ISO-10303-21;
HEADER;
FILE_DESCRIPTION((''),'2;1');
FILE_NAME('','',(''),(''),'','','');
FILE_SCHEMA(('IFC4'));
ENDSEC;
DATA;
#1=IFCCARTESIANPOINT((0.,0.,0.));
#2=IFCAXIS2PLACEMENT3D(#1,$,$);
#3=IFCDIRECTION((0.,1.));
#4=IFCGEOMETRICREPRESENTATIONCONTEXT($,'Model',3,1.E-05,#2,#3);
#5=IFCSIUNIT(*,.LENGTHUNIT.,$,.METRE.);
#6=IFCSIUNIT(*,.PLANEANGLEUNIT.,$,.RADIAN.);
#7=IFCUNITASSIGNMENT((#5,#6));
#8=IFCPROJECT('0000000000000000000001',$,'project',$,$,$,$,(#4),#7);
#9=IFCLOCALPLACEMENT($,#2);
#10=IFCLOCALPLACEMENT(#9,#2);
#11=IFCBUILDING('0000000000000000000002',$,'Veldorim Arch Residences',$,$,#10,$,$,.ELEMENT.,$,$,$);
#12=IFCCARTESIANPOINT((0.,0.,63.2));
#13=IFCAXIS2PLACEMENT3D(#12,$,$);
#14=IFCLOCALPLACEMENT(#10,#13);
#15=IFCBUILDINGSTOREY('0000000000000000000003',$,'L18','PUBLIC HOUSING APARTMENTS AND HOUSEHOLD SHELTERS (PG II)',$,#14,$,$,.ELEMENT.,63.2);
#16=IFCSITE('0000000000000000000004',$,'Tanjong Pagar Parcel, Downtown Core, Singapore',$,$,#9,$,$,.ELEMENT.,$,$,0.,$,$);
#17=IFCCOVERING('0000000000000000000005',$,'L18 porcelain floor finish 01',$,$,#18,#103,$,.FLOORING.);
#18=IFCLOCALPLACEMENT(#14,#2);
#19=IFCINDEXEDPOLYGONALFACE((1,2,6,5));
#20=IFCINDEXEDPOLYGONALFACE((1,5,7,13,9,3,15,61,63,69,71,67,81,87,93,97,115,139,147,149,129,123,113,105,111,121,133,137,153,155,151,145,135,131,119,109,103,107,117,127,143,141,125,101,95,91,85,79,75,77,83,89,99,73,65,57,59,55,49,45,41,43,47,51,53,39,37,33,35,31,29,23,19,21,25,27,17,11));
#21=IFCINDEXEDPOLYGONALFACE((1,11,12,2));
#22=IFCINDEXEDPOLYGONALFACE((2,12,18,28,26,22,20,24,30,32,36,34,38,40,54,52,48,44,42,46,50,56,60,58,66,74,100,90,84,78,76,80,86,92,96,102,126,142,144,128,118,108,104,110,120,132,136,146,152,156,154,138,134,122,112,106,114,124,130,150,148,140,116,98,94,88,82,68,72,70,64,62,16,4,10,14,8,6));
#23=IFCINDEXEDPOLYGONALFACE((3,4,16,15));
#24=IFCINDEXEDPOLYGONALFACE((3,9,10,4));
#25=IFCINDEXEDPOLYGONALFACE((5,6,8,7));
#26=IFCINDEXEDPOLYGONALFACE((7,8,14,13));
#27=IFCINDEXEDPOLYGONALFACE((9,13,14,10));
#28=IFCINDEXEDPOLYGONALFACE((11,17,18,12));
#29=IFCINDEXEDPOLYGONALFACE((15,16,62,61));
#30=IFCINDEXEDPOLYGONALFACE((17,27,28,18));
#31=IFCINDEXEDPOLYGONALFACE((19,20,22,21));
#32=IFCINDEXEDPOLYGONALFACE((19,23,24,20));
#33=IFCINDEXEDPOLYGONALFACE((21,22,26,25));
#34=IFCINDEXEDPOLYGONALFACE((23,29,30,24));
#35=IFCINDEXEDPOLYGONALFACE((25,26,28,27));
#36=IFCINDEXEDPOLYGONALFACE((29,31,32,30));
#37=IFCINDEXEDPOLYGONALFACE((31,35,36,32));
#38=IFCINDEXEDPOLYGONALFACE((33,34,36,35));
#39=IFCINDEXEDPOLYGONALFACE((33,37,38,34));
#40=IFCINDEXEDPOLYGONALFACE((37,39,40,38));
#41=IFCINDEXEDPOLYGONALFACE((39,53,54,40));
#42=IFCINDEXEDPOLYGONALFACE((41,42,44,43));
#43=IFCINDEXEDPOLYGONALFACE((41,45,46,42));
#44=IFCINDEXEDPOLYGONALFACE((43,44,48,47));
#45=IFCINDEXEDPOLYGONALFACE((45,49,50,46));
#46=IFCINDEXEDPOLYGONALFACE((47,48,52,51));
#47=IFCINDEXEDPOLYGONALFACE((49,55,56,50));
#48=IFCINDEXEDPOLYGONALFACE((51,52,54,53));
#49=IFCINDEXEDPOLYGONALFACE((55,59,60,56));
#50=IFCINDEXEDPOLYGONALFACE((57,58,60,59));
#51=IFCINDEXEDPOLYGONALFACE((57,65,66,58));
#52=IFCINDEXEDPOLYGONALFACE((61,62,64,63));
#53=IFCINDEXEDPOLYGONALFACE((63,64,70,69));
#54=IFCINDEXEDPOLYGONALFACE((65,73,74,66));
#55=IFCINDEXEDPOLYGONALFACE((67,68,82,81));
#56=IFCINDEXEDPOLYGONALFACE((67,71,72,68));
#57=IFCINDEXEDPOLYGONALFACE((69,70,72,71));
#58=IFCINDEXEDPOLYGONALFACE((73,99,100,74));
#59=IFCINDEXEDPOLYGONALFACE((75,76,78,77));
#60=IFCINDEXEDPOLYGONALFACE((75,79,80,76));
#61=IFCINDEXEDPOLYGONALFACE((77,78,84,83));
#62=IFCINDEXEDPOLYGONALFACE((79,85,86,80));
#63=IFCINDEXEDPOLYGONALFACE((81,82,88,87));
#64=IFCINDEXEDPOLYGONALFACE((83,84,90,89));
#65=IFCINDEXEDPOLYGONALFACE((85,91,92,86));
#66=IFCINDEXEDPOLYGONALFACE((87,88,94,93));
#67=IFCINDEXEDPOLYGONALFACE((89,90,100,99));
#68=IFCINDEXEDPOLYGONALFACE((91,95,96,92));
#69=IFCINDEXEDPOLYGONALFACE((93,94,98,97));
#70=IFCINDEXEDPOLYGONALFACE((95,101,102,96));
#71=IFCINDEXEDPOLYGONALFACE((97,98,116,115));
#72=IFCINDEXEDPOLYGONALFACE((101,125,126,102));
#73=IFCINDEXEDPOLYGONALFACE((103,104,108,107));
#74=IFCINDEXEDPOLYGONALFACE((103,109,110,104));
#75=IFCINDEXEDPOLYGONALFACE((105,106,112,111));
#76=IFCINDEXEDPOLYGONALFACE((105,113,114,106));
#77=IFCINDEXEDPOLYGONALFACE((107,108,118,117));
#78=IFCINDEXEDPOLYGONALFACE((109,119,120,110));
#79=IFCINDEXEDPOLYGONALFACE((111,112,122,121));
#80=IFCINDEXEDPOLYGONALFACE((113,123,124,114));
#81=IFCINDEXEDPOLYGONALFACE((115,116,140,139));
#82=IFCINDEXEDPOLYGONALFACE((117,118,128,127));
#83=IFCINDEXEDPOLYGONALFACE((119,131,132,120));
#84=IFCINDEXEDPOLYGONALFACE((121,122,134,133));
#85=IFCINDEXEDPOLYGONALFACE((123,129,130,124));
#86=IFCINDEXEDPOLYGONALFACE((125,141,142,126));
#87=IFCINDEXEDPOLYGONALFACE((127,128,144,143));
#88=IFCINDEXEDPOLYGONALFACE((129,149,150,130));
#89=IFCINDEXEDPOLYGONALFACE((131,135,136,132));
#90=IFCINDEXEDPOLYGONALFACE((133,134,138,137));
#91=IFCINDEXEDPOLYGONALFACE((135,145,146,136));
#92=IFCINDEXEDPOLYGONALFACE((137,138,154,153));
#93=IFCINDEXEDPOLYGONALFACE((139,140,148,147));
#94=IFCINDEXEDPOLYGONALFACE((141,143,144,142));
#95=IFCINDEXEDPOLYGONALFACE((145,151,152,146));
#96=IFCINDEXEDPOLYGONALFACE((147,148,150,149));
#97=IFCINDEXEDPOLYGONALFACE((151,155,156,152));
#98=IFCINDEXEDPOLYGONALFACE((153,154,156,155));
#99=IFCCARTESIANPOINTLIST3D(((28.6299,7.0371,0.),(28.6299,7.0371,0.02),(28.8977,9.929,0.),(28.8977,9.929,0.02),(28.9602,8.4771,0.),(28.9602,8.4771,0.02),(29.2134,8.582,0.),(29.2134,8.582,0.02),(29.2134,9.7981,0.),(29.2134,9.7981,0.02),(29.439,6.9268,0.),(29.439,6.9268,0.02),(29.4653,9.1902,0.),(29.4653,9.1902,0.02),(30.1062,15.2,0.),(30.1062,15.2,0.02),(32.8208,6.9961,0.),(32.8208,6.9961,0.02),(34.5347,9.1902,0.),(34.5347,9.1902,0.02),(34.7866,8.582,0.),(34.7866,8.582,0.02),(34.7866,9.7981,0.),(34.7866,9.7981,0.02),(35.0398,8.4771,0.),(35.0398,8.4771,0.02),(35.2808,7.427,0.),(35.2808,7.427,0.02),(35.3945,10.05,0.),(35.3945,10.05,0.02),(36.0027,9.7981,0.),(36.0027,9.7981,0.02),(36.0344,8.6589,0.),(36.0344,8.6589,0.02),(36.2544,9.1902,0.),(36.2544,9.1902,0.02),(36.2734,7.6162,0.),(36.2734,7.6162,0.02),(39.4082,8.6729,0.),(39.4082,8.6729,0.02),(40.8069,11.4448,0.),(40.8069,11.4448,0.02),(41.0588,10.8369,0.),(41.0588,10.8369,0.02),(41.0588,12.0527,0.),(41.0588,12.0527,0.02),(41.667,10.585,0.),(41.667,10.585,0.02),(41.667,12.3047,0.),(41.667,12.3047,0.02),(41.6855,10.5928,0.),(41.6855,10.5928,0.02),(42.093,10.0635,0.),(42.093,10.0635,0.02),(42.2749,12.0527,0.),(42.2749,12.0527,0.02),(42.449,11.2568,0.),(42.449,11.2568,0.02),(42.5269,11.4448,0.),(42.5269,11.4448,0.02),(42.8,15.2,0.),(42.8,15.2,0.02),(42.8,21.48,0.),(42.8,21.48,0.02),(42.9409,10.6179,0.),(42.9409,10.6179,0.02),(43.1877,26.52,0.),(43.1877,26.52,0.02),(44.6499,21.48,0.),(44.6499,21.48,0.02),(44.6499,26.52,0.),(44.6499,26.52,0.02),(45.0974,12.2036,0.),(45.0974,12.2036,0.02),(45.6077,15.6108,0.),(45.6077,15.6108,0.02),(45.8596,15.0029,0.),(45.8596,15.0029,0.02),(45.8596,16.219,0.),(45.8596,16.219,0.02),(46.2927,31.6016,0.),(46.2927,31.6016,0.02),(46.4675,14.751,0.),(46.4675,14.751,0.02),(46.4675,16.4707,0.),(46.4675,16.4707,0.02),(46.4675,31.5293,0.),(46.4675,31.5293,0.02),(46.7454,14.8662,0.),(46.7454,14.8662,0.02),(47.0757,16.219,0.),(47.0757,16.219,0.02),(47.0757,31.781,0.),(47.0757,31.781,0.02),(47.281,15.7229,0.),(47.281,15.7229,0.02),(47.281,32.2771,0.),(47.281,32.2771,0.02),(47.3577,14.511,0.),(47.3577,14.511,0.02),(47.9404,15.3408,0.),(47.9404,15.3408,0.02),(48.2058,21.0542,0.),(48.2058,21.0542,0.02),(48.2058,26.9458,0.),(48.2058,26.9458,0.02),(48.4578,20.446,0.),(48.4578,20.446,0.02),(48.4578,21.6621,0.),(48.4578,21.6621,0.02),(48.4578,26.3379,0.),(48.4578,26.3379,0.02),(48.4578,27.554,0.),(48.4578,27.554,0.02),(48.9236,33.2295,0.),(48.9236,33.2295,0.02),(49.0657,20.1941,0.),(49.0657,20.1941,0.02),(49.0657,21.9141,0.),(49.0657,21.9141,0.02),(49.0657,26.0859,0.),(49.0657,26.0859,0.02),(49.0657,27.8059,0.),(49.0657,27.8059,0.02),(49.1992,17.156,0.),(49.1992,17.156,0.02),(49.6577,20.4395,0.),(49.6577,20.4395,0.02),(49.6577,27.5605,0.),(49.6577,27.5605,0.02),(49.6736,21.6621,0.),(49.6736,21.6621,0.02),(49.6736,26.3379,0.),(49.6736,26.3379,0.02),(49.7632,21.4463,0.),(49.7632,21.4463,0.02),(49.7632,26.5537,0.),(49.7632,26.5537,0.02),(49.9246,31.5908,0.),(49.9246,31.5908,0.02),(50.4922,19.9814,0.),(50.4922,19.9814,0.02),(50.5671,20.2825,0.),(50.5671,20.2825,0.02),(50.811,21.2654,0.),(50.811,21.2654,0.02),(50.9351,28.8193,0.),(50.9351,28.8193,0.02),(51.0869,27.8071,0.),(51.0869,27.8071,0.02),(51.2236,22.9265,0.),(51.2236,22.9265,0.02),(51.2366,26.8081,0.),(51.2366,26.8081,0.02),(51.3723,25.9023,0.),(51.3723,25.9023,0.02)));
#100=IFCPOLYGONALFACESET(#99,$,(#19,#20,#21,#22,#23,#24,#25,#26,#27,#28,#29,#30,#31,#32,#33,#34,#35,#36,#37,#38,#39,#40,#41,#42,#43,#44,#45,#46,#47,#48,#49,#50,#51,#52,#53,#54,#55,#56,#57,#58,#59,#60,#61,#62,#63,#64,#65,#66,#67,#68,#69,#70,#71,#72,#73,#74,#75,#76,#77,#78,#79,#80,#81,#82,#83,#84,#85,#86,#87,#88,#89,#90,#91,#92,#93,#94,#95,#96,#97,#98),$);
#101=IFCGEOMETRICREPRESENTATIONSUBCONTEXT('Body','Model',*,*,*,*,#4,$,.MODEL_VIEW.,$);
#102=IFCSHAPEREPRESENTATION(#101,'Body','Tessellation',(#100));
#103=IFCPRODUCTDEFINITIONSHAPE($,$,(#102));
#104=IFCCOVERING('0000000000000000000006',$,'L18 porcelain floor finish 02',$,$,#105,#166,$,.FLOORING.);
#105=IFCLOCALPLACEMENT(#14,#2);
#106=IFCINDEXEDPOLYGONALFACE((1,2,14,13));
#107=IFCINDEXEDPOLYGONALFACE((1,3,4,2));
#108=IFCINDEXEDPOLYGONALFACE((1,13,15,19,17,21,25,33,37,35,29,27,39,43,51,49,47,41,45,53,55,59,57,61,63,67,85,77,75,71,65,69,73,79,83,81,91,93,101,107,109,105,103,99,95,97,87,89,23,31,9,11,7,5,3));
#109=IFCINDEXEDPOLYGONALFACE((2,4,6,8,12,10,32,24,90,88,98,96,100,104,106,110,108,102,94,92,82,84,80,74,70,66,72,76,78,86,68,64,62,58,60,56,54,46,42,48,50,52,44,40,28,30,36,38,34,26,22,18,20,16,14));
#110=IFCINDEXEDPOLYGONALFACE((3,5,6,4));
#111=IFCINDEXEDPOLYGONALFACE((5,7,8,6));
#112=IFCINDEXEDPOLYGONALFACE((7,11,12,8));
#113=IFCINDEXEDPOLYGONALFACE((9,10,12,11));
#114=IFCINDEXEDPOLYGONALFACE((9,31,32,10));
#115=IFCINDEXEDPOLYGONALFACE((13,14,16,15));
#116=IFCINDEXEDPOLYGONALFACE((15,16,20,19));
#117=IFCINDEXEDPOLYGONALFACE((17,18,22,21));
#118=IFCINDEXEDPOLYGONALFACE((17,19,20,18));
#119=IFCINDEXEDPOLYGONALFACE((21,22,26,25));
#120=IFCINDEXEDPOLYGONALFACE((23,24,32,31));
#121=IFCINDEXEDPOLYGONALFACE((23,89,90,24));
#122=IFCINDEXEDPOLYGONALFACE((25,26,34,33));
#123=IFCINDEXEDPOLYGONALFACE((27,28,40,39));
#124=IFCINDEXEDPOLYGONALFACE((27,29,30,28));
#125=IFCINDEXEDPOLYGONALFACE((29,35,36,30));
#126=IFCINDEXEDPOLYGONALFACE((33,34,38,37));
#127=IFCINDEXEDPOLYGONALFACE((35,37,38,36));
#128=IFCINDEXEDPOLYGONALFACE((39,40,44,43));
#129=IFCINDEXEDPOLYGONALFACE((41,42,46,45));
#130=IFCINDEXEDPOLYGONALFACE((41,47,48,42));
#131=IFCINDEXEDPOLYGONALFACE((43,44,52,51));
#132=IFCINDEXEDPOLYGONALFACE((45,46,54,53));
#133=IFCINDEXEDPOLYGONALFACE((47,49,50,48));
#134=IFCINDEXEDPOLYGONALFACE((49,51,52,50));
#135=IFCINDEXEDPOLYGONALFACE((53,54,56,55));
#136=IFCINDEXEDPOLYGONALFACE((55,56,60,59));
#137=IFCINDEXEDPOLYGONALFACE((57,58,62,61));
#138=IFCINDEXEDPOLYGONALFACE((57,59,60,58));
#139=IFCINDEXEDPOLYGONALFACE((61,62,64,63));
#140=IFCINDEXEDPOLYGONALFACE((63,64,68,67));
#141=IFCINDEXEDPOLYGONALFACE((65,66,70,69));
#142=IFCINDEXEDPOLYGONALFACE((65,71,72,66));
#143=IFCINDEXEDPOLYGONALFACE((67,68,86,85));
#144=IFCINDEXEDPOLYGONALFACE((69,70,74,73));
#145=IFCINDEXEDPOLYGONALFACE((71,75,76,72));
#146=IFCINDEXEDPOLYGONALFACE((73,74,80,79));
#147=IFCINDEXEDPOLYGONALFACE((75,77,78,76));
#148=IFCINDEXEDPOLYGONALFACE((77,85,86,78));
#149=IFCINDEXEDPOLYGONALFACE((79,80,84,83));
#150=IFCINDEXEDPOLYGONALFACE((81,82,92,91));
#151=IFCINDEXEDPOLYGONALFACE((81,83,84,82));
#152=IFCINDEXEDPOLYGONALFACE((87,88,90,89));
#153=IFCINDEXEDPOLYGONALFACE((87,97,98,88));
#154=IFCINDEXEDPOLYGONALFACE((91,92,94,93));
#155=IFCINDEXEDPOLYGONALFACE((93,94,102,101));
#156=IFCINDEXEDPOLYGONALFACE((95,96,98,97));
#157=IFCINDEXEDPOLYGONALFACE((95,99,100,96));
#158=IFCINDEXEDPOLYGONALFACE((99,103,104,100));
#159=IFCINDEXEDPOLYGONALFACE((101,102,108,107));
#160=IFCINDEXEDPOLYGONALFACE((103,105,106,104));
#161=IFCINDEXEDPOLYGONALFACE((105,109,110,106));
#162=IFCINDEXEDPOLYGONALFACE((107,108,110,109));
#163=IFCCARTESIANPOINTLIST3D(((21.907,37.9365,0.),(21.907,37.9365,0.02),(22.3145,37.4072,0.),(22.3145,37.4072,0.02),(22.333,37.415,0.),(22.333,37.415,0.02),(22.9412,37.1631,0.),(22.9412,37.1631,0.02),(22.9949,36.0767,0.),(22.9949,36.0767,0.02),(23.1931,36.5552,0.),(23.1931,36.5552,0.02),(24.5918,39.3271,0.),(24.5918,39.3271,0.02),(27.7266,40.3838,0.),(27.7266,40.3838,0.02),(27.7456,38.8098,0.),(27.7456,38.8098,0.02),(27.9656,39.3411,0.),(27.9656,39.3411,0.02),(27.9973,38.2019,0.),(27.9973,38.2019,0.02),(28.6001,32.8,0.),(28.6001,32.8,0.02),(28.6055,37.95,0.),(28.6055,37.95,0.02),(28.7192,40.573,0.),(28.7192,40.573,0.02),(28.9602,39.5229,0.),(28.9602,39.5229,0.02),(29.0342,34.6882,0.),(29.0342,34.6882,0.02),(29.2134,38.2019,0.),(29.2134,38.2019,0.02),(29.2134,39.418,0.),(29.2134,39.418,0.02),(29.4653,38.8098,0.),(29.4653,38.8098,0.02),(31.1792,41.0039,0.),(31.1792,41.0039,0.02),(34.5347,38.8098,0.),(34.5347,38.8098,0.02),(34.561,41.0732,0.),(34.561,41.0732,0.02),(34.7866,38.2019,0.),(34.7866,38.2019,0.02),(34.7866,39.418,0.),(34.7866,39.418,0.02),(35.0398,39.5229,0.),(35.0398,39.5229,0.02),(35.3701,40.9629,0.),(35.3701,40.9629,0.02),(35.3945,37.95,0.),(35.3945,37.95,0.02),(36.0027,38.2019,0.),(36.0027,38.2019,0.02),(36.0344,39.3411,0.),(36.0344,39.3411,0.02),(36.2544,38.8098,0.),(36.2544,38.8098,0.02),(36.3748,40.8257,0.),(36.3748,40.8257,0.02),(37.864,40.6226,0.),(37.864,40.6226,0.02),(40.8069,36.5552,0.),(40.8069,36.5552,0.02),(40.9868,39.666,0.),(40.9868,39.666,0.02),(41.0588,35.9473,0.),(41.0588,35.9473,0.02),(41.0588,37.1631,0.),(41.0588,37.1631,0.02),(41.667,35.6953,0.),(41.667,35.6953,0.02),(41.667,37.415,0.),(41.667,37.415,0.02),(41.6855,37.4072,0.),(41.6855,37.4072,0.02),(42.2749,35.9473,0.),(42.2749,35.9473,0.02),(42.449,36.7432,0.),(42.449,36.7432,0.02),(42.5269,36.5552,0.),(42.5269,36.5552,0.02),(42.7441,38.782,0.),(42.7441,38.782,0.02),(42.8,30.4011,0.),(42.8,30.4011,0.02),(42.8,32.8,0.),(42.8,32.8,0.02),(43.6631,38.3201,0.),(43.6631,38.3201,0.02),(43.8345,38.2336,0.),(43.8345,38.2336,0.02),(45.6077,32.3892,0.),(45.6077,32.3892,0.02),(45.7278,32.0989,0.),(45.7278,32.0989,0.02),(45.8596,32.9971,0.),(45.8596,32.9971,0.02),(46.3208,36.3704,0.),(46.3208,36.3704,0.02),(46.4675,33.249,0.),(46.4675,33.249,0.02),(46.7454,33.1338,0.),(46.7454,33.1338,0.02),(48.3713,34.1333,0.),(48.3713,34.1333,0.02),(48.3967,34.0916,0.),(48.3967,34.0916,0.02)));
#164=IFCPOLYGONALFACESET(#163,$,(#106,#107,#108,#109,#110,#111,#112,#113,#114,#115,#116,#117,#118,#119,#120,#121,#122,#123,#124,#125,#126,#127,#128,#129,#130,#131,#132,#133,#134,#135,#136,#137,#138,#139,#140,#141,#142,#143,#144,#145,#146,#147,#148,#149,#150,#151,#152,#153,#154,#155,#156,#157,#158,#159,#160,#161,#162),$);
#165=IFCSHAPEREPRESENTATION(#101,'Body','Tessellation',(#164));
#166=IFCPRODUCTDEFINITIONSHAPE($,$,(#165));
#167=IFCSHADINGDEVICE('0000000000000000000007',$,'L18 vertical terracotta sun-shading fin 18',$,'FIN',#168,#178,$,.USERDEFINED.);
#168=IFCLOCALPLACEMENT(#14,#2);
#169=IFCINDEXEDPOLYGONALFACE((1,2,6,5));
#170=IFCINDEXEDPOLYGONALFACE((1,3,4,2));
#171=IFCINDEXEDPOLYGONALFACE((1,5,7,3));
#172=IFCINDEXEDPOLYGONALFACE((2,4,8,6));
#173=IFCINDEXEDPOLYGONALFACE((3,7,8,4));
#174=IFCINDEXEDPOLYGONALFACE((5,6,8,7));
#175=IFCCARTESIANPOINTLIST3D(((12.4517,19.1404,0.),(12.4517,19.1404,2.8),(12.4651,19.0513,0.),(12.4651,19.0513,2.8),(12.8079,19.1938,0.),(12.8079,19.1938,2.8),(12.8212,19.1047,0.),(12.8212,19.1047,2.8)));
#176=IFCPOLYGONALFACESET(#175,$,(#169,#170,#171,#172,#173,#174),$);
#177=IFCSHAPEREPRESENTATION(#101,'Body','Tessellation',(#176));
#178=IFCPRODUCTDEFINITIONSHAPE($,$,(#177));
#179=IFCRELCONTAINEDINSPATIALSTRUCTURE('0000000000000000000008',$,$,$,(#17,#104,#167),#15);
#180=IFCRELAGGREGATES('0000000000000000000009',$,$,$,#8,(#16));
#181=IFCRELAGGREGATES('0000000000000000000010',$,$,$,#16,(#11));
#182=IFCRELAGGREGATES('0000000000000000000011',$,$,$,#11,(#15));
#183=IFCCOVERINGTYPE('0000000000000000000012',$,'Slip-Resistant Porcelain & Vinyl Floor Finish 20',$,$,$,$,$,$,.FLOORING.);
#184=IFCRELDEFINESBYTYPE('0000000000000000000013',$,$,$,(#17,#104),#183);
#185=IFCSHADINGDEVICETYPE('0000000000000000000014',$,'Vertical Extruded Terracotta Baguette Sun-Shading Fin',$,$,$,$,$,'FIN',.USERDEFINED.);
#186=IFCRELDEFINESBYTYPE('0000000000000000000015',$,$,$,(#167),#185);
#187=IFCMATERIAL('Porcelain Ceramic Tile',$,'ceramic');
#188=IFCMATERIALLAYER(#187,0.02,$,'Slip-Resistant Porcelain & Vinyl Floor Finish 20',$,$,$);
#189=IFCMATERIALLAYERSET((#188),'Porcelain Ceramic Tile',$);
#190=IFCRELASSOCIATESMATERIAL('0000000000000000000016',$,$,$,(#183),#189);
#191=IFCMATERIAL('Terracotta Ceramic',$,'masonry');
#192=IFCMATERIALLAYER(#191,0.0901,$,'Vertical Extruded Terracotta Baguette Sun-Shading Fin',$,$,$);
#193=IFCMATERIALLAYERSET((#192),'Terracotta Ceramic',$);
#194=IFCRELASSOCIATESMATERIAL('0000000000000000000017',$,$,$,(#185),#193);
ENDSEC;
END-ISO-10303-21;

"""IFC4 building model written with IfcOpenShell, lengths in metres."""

from ifc_helpers import new_model, si_unit, direction, frame, origin, origin_2d, place, context, subcontext, project, spatial, polyline, rectangle, outline, extrude, material, layer, layer_set, type_object, element, save


model = new_model("IFC4")

# Units and contexts
model_context = context("Model", 3, precision=1e-05, world=origin(), true_north=direction((0.0, 1.0)))
body_context = subcontext(model_context, "Body", "Model", "MODEL_VIEW")
ifc_project = project(units=[si_unit("LENGTHUNIT", "METRE"), si_unit("PLANEANGLEUNIT", "RADIAN")], contexts=[model_context])

# Site, building, storey
site_placement = place(None, origin())
site = spatial("IfcSite", under=ifc_project, at=site_placement, Name="Tanjong Pagar Parcel, Downtown Core, Singapore", CompositionType="ELEMENT", RefElevation=0.0)
building_placement = place(site_placement, origin())
building = spatial("IfcBuilding", under=site, at=building_placement, Name="Veldorim Arch Residences", CompositionType="ELEMENT")
storey_placement = place(building_placement, frame((0.0, 0.0, 63.2)))
storey = spatial("IfcBuildingStorey", under=building, at=storey_placement, Name="L18", Description="PUBLIC HOUSING APARTMENTS AND HOUSEHOLD SHELTERS (PG II)", CompositionType="ELEMENT", Elevation=63.2)

# Coverings
ifc_material_1 = material(Name="Porcelain Ceramic Tile", Category="ceramic")
ifc_layer_1 = layer(ifc_material_1, 0.02, Name="Slip-Resistant Porcelain & Vinyl Floor Finish 20")
ifc_layer_set_1 = layer_set([ifc_layer_1], Name="Porcelain Ceramic Tile")
covering_type_1 = type_object("IfcCoveringType", Name="Slip-Resistant Porcelain & Vinyl Floor Finish 20", PredefinedType="FLOORING", material=ifc_layer_set_1)
covering_1_placement = place(storey_placement, origin())
element("IfcCovering", 1, at=covering_1_placement, inside=storey, type_object=covering_type_1, Name="L18 porcelain floor finish 01", PredefinedType="FLOORING", context=body_context, shape_type="SweptSolid", body=[
    extrude(outline(polyline([(36.2544, 9.1902), (36.0027, 9.7981), (35.3945, 10.05), (34.7866, 9.7981), (34.5347, 9.1902), (34.7866, 8.582), (35.0398, 8.4771), (35.2808, 7.427), (32.8208, 6.9961), (29.439, 6.9268), (28.6299, 7.0371), (28.9602, 8.4771), (29.2134, 8.582), (29.4653, 9.1902), (29.2134, 9.7981), (28.8977, 9.929), (30.1062, 15.2), (42.8, 15.2), (42.8, 21.48), (44.6499, 21.48), (44.6499, 26.52), (43.1877, 26.52), (46.2927, 31.6016), (46.4675, 31.5293), (47.0757, 31.781), (47.281, 32.2771), (48.9236, 33.2295), (49.9246, 31.5908), (50.9351, 28.8193), (51.0869, 27.8071), (49.6577, 27.5605), (49.0657, 27.8059), (48.4578, 27.554), (48.2058, 26.9458), (48.4578, 26.3379), (49.0657, 26.0859), (49.6736, 26.3379), (49.7632, 26.5537), (51.2366, 26.8081), (51.3723, 25.9023), (51.2236, 22.9265), (50.811, 21.2654), (49.7632, 21.4463), (49.6736, 21.6621), (49.0657, 21.9141), (48.4578, 21.6621), (48.2058, 21.0542), (48.4578, 20.446), (49.0657, 20.1941), (49.6577, 20.4395), (50.5671, 20.2825), (50.4922, 19.9814), (49.1992, 17.156), (47.9404, 15.3408), (47.281, 15.7229), (47.0757, 16.219), (46.4675, 16.4707), (45.8596, 16.219), (45.6077, 15.6108), (45.8596, 15.0029), (46.4675, 14.751), (46.7454, 14.8662), (47.3577, 14.511), (45.0974, 12.2036), (42.9409, 10.6179), (42.449, 11.2568), (42.5269, 11.4448), (42.2749, 12.0527), (41.667, 12.3047), (41.0588, 12.0527), (40.8069, 11.4448), (41.0588, 10.8369), (41.667, 10.585), (41.6855, 10.5928), (42.093, 10.0635), (39.4082, 8.6729), (36.2734, 7.6162), (36.0344, 8.6589), (36.2544, 9.1902)])), origin(), (0.0, 0.0, 1.0), 0.02),
])
covering_2_placement = place(storey_placement, origin())
element("IfcCovering", 2, at=covering_2_placement, inside=storey, type_object=covering_type_1, Name="L18 porcelain floor finish 02", PredefinedType="FLOORING", context=body_context, shape_type="SweptSolid", body=[
    extrude(outline(polyline([(21.907, 37.9365), (24.5918, 39.3271), (27.7266, 40.3838), (27.9656, 39.3411), (27.7456, 38.8098), (27.9973, 38.2019), (28.6055, 37.95), (29.2134, 38.2019), (29.4653, 38.8098), (29.2134, 39.418), (28.9602, 39.5229), (28.7192, 40.573), (31.1792, 41.0039), (34.561, 41.0732), (35.3701, 40.9629), (35.0398, 39.5229), (34.7866, 39.418), (34.5347, 38.8098), (34.7866, 38.2019), (35.3945, 37.95), (36.0027, 38.2019), (36.2544, 38.8098), (36.0344, 39.3411), (36.3748, 40.8257), (37.864, 40.6226), (40.9868, 39.666), (42.7441, 38.782), (41.6855, 37.4072), (41.667, 37.415), (41.0588, 37.1631), (40.8069, 36.5552), (41.0588, 35.9473), (41.667, 35.6953), (42.2749, 35.9473), (42.5269, 36.5552), (42.449, 36.7432), (43.6631, 38.3201), (43.8345, 38.2336), (46.3208, 36.3704), (48.3713, 34.1333), (48.3967, 34.0916), (46.7454, 33.1338), (46.4675, 33.249), (45.8596, 32.9971), (45.6077, 32.3892), (45.7278, 32.0989), (42.8, 30.4011), (42.8, 32.8), (28.6001, 32.8), (29.0342, 34.6882), (22.9949, 36.0767), (23.1931, 36.5552), (22.9412, 37.1631), (22.333, 37.415), (22.3145, 37.4072), (21.907, 37.9365)])), origin(), (0.0, 0.0, 1.0), 0.02),
])

# Shading device
ifc_material_2 = material(Name="Terracotta Ceramic", Category="masonry")
ifc_layer_2 = layer(ifc_material_2, 0.0901, Name="Vertical Extruded Terracotta Baguette Sun-Shading Fin")
ifc_layer_set_2 = layer_set([ifc_layer_2], Name="Terracotta Ceramic")
shading_device_type = type_object("IfcShadingDeviceType", Name="Vertical Extruded Terracotta Baguette Sun-Shading Fin", ElementType="FIN", PredefinedType="USERDEFINED", material=ifc_layer_set_2)
shading_device_placement = place(storey_placement, frame((12.6365, 19.1226, 0.0), z_axis=(0.0, 0.0, 1.0), x_axis=(-0.148327, 0.988938, 0.0)))
element("IfcShadingDevice", 3, at=shading_device_placement, inside=storey, type_object=shading_device_type, Name="L18 vertical terracotta sun-shading fin 18", ObjectType="FIN", PredefinedType="USERDEFINED", context=body_context, shape_type="SweptSolid", body=[
    extrude(rectangle(XDim=0.0901, YDim=0.3601, at=origin_2d()), origin(), (0.0, 0.0, 1.0), 2.8),
])

save(model, "model.ifc")
